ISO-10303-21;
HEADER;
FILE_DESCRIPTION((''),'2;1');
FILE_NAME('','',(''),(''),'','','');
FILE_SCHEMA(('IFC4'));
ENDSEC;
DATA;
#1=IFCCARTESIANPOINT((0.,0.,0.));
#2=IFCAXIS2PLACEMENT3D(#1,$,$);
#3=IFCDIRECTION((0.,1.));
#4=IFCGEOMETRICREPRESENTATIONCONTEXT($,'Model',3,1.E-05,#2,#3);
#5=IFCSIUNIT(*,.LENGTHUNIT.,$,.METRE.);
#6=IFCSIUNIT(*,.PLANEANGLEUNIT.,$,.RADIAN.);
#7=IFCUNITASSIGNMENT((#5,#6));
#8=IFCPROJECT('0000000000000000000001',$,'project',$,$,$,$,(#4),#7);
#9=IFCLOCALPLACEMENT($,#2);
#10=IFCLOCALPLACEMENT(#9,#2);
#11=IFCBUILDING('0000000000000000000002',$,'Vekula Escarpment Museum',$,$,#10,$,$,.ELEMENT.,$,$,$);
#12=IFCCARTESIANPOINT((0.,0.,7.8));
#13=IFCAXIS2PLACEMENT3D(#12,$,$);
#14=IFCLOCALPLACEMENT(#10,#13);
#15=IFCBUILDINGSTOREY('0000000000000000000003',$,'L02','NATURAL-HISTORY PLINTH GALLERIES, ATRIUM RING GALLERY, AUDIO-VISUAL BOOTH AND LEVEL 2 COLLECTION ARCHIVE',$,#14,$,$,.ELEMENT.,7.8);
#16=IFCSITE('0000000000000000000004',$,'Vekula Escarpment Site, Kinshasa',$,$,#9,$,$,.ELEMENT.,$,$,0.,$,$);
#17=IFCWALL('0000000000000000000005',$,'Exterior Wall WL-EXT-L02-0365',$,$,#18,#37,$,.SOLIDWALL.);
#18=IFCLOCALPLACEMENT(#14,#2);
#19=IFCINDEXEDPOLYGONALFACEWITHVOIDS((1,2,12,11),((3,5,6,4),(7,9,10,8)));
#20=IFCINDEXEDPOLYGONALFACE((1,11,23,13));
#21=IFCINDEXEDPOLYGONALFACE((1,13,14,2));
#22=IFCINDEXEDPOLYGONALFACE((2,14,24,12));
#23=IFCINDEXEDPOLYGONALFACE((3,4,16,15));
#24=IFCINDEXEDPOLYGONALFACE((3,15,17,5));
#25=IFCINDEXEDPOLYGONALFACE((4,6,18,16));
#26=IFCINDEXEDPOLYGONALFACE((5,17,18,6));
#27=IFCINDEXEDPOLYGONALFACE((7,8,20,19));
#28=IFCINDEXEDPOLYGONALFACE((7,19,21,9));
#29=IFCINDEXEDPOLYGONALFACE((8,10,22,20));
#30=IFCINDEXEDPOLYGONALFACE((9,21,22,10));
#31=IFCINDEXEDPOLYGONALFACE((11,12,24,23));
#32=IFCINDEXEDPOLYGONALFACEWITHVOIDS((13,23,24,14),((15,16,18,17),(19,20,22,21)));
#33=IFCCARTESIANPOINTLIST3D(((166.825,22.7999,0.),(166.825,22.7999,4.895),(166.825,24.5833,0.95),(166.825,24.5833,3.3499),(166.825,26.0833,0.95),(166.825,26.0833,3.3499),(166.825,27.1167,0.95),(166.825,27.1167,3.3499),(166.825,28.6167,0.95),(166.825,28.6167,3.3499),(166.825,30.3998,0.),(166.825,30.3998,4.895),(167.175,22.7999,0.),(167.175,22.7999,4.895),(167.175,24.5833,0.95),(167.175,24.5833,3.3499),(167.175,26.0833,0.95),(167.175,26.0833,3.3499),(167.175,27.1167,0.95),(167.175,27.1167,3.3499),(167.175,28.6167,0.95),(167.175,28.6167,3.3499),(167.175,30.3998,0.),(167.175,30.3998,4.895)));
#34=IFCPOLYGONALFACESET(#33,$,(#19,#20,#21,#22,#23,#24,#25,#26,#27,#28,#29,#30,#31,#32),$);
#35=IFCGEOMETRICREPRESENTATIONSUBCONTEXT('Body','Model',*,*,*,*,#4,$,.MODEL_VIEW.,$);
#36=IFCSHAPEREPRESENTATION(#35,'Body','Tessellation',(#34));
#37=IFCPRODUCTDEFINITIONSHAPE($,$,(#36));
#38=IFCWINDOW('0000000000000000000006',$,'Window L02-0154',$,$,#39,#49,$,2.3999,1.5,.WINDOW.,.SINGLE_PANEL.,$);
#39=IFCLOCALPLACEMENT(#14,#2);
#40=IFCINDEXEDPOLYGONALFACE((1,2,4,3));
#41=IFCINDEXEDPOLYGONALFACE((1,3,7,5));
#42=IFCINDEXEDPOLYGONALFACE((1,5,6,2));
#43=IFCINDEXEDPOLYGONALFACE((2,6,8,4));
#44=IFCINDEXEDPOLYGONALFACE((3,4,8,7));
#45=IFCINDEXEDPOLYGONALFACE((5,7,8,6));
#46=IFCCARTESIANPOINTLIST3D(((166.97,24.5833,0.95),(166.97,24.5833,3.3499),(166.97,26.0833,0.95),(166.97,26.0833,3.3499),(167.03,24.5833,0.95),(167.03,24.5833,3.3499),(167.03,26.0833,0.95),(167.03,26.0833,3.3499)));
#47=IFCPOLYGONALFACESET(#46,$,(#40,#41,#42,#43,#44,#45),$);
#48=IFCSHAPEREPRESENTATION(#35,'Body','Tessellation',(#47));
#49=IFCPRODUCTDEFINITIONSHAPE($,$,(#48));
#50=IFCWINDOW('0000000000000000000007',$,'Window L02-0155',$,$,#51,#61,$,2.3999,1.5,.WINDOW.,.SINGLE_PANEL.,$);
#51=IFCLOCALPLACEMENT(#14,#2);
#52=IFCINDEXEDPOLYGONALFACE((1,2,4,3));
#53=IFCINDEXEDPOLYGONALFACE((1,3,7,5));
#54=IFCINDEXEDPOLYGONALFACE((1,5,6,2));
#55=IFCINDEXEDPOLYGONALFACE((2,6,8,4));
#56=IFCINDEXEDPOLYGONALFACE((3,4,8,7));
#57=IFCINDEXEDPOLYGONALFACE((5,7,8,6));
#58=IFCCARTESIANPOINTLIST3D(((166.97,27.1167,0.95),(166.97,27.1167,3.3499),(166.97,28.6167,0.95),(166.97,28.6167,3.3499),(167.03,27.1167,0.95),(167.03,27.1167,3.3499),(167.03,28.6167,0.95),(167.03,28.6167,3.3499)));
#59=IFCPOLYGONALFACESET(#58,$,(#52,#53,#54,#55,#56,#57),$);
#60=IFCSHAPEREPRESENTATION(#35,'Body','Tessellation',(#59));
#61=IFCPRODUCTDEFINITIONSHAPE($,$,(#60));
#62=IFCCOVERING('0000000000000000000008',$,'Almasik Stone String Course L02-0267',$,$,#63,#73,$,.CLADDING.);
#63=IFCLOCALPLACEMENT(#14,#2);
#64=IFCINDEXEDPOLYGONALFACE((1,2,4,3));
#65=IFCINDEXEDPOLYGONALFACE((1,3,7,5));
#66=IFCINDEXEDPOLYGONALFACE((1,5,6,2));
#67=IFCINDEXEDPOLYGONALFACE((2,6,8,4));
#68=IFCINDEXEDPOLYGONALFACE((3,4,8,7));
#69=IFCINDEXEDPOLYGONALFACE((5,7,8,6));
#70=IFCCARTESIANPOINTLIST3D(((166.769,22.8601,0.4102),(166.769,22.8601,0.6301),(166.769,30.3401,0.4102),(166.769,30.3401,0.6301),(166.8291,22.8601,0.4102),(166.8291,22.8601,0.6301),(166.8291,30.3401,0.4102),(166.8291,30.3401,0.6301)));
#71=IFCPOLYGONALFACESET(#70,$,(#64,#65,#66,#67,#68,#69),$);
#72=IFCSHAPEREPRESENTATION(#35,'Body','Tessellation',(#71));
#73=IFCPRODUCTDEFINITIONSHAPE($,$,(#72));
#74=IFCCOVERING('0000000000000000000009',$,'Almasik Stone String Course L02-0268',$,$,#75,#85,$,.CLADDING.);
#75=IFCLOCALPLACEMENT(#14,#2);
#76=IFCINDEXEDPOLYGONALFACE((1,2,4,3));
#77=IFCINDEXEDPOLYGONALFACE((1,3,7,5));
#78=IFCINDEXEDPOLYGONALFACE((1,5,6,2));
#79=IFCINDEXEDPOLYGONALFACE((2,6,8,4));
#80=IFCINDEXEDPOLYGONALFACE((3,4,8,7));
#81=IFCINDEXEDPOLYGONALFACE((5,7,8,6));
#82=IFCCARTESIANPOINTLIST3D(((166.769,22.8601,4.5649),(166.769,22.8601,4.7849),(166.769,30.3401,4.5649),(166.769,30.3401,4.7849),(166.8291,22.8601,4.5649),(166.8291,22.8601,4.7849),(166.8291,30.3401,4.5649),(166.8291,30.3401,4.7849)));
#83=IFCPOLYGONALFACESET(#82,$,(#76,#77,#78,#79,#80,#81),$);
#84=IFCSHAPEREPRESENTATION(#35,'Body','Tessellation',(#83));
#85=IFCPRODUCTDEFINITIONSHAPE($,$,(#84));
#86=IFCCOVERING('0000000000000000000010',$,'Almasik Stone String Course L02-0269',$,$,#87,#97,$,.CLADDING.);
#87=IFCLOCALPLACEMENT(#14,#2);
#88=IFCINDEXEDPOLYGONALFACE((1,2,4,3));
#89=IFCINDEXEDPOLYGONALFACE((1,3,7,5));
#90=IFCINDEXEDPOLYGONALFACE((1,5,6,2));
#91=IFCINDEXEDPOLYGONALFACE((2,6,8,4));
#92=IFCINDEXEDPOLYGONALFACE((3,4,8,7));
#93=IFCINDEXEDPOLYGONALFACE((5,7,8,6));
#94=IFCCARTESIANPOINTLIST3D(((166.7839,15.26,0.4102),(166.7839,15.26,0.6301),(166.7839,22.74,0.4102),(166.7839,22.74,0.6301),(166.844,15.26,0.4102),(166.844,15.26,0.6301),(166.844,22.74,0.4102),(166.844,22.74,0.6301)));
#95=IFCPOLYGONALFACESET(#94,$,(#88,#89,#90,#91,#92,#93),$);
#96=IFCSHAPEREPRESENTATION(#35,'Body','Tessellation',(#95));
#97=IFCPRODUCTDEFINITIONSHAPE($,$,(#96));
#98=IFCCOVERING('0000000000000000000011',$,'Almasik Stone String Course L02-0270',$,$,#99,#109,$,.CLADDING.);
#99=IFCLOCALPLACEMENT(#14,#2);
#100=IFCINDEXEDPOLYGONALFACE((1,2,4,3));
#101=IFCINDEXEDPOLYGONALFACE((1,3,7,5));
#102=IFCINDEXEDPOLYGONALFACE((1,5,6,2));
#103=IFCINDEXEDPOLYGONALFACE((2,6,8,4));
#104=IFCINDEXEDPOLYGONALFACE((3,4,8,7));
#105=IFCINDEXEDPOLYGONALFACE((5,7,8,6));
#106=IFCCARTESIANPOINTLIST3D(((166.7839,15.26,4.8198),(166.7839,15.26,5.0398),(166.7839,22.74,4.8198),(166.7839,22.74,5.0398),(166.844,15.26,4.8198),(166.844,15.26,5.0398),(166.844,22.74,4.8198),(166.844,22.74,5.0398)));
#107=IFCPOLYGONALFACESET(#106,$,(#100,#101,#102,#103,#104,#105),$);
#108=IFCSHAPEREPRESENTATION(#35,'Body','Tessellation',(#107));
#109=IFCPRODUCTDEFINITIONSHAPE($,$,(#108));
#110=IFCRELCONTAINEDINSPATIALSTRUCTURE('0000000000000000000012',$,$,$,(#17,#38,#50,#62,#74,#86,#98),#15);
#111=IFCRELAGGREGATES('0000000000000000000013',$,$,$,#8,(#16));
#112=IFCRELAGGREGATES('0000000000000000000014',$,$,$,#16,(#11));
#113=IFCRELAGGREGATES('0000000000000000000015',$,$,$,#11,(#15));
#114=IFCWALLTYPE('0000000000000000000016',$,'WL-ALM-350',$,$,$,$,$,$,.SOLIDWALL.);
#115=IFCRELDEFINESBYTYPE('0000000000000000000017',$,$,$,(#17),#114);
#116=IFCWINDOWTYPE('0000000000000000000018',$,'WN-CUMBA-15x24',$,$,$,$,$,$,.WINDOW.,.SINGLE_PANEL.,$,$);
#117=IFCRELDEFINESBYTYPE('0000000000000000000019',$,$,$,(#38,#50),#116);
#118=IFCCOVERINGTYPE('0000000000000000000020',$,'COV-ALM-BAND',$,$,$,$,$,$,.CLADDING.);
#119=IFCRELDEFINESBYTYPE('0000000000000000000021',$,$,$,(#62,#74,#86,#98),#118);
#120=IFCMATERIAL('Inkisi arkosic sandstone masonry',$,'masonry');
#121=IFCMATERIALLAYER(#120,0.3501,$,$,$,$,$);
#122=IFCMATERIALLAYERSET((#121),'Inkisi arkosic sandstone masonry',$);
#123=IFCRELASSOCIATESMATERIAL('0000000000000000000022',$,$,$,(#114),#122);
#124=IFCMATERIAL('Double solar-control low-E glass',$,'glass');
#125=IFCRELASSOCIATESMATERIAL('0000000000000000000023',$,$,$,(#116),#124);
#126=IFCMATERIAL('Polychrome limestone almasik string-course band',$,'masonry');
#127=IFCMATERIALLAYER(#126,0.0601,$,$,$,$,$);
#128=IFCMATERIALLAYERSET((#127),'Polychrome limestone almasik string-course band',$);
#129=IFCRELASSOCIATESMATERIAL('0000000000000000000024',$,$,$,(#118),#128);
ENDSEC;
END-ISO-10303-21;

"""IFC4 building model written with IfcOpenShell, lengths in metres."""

from ifc_helpers import new_model, si_unit, direction, frame, frame_2d, origin, origin_2d, place, context, subcontext, project, spatial, rectangle, extrude, material, layer, layer_set, type_object, element, fill, save


model = new_model("IFC4")

# Units and contexts
model_context = context("Model", 3, precision=1e-05, world=origin(), true_north=direction((0.0, 1.0)))
body_context = subcontext(model_context, "Body", "Model", "MODEL_VIEW")
ifc_project = project(units=[si_unit("LENGTHUNIT", "METRE"), si_unit("PLANEANGLEUNIT", "RADIAN")], contexts=[model_context])

# Site, building, storey
site_placement = place(None, origin())
site = spatial("IfcSite", under=ifc_project, at=site_placement, Name="Vekula Escarpment Site, Kinshasa", CompositionType="ELEMENT", RefElevation=0.0)
building_placement = place(site_placement, origin())
building = spatial("IfcBuilding", under=site, at=building_placement, Name="Vekula Escarpment Museum", CompositionType="ELEMENT")
storey_placement = place(building_placement, frame((0.0, 0.0, 7.8)))
storey = spatial("IfcBuildingStorey", under=building, at=storey_placement, Name="L02", Description="NATURAL-HISTORY PLINTH GALLERIES, ATRIUM RING GALLERY, AUDIO-VISUAL BOOTH AND LEVEL 2 COLLECTION ARCHIVE", CompositionType="ELEMENT", Elevation=7.8)

# Wall, openings, windows
ifc_material_1 = material(Name="Inkisi arkosic sandstone masonry", Category="masonry")
ifc_layer_1 = layer(ifc_material_1, 0.3501)
ifc_layer_set_1 = layer_set([ifc_layer_1], Name="Inkisi arkosic sandstone masonry")
wall_type = type_object("IfcWallType", Name="WL-ALM-350", PredefinedType="SOLIDWALL", material=ifc_layer_set_1)
wall_placement = place(storey_placement, frame((167.0, 22.8, 0.0), z_axis=(0.0, 0.0, 1.0), x_axis=(0.0, 1.0, 0.0)))
wall = element("IfcWall", 1, at=wall_placement, inside=storey, type_object=wall_type, Name="Exterior Wall WL-EXT-L02-0365", PredefinedType="SOLIDWALL", context=body_context, shape_type="SweptSolid", body=[
    extrude(rectangle(XDim=7.5999, YDim=0.3501, at=frame_2d((3.7998, 0.0))), origin(), (0.0, 0.0, 1.0), 4.895),
])
opening_1_placement = place(wall_placement, frame((1.7832, 0.0, 0.95)))
opening_1 = element("IfcOpeningElement", 2, at=opening_1_placement, cuts=wall, PredefinedType="OPENING", context=body_context, shape_type="SweptSolid", body=[
    extrude(rectangle(XDim=1.5, YDim=2.3999, at=frame_2d((0.75, 1.2))), frame((0.0, 0.1851, 0.0), z_axis=(0.0, -1.0, 0.0), x_axis=(1.0, 0.0, 0.0)), (0.0, 0.0, 1.0), 0.3701),
])
opening_2_placement = place(wall_placement, frame((4.3167, 0.0, 0.95)))
opening_2 = element("IfcOpeningElement", 3, at=opening_2_placement, cuts=wall, PredefinedType="OPENING", context=body_context, shape_type="SweptSolid", body=[
    extrude(rectangle(XDim=1.5, YDim=2.3999, at=frame_2d((0.75, 1.2))), frame((0.0, 0.1851, 0.0), z_axis=(0.0, -1.0, 0.0), x_axis=(1.0, 0.0, 0.0)), (0.0, 0.0, 1.0), 0.3701),
])
ifc_material_2 = material(Name="Double solar-control low-E glass", Category="glass")
window_type = type_object("IfcWindowType", Name="WN-CUMBA-15x24", PartitioningType="SINGLE_PANEL", PredefinedType="WINDOW", material=ifc_material_2)
window_1_placement = place(opening_1_placement, origin())
window_1 = element("IfcWindow", 4, at=window_1_placement, inside=storey, type_object=window_type, Name="Window L02-0154", OverallHeight=2.3999, OverallWidth=1.5, PartitioningType="SINGLE_PANEL", PredefinedType="WINDOW", context=body_context, shape_type="SweptSolid", body=[
    extrude(rectangle(XDim=1.5, YDim=2.3999, at=frame_2d((0.75, 1.2))), frame((0.0, 0.03, 0.0), z_axis=(0.0, -1.0, 0.0), x_axis=(1.0, 0.0, 0.0)), (0.0, 0.0, 1.0), 0.0601),
])
fill(opening_1, window_1)
window_2_placement = place(opening_2_placement, origin())
window_2 = element("IfcWindow", 5, at=window_2_placement, inside=storey, type_object=window_type, Name="Window L02-0155", OverallHeight=2.3999, OverallWidth=1.5, PartitioningType="SINGLE_PANEL", PredefinedType="WINDOW", context=body_context, shape_type="SweptSolid", body=[
    extrude(rectangle(XDim=1.5, YDim=2.3999, at=frame_2d((0.75, 1.2))), frame((0.0, 0.03, 0.0), z_axis=(0.0, -1.0, 0.0), x_axis=(1.0, 0.0, 0.0)), (0.0, 0.0, 1.0), 0.0601),
])
fill(opening_2, window_2)

# Coverings
ifc_material_3 = material(Name="Polychrome limestone almasik string-course band", Category="masonry")
ifc_layer_2 = layer(ifc_material_3, 0.0601)
ifc_layer_set_2 = layer_set([ifc_layer_2], Name="Polychrome limestone almasik string-course band")
covering_type = type_object("IfcCoveringType", Name="COV-ALM-BAND", PredefinedType="CLADDING", material=ifc_layer_set_2)
for number, where, z_axis, x_axis, name in (
    (6, (166.7991, 26.6001, 0.4102), (0.0, 0.0, 1.0), (0.0, 1.0, 0.0), "Almasik Stone String Course L02-0267"),
    (7, (166.7991, 26.6001, 4.5649), (0.0, 0.0, 1.0), (0.0, 1.0, 0.0), "Almasik Stone String Course L02-0268"),
    (8, (166.814, 19.0, 0.4102), (0.0, 0.0, 1.0), (0.0, 1.0, 0.0), "Almasik Stone String Course L02-0269"),
    (9, (166.814, 19.0, 4.8198), (0.0, 0.0, 1.0), (0.0, 1.0, 0.0), "Almasik Stone String Course L02-0270"),
):
    element("IfcCovering", number, at=place(storey_placement, frame(where, z_axis=z_axis, x_axis=x_axis)), inside=storey, type_object=covering_type, Name=name, PredefinedType="CLADDING", context=body_context, shape_type="SweptSolid", body=[
        extrude(rectangle(XDim=7.48, YDim=0.0601, at=origin_2d()), origin(), (0.0, 0.0, 1.0), 0.22),
    ])

save(model, "model.ifc")
